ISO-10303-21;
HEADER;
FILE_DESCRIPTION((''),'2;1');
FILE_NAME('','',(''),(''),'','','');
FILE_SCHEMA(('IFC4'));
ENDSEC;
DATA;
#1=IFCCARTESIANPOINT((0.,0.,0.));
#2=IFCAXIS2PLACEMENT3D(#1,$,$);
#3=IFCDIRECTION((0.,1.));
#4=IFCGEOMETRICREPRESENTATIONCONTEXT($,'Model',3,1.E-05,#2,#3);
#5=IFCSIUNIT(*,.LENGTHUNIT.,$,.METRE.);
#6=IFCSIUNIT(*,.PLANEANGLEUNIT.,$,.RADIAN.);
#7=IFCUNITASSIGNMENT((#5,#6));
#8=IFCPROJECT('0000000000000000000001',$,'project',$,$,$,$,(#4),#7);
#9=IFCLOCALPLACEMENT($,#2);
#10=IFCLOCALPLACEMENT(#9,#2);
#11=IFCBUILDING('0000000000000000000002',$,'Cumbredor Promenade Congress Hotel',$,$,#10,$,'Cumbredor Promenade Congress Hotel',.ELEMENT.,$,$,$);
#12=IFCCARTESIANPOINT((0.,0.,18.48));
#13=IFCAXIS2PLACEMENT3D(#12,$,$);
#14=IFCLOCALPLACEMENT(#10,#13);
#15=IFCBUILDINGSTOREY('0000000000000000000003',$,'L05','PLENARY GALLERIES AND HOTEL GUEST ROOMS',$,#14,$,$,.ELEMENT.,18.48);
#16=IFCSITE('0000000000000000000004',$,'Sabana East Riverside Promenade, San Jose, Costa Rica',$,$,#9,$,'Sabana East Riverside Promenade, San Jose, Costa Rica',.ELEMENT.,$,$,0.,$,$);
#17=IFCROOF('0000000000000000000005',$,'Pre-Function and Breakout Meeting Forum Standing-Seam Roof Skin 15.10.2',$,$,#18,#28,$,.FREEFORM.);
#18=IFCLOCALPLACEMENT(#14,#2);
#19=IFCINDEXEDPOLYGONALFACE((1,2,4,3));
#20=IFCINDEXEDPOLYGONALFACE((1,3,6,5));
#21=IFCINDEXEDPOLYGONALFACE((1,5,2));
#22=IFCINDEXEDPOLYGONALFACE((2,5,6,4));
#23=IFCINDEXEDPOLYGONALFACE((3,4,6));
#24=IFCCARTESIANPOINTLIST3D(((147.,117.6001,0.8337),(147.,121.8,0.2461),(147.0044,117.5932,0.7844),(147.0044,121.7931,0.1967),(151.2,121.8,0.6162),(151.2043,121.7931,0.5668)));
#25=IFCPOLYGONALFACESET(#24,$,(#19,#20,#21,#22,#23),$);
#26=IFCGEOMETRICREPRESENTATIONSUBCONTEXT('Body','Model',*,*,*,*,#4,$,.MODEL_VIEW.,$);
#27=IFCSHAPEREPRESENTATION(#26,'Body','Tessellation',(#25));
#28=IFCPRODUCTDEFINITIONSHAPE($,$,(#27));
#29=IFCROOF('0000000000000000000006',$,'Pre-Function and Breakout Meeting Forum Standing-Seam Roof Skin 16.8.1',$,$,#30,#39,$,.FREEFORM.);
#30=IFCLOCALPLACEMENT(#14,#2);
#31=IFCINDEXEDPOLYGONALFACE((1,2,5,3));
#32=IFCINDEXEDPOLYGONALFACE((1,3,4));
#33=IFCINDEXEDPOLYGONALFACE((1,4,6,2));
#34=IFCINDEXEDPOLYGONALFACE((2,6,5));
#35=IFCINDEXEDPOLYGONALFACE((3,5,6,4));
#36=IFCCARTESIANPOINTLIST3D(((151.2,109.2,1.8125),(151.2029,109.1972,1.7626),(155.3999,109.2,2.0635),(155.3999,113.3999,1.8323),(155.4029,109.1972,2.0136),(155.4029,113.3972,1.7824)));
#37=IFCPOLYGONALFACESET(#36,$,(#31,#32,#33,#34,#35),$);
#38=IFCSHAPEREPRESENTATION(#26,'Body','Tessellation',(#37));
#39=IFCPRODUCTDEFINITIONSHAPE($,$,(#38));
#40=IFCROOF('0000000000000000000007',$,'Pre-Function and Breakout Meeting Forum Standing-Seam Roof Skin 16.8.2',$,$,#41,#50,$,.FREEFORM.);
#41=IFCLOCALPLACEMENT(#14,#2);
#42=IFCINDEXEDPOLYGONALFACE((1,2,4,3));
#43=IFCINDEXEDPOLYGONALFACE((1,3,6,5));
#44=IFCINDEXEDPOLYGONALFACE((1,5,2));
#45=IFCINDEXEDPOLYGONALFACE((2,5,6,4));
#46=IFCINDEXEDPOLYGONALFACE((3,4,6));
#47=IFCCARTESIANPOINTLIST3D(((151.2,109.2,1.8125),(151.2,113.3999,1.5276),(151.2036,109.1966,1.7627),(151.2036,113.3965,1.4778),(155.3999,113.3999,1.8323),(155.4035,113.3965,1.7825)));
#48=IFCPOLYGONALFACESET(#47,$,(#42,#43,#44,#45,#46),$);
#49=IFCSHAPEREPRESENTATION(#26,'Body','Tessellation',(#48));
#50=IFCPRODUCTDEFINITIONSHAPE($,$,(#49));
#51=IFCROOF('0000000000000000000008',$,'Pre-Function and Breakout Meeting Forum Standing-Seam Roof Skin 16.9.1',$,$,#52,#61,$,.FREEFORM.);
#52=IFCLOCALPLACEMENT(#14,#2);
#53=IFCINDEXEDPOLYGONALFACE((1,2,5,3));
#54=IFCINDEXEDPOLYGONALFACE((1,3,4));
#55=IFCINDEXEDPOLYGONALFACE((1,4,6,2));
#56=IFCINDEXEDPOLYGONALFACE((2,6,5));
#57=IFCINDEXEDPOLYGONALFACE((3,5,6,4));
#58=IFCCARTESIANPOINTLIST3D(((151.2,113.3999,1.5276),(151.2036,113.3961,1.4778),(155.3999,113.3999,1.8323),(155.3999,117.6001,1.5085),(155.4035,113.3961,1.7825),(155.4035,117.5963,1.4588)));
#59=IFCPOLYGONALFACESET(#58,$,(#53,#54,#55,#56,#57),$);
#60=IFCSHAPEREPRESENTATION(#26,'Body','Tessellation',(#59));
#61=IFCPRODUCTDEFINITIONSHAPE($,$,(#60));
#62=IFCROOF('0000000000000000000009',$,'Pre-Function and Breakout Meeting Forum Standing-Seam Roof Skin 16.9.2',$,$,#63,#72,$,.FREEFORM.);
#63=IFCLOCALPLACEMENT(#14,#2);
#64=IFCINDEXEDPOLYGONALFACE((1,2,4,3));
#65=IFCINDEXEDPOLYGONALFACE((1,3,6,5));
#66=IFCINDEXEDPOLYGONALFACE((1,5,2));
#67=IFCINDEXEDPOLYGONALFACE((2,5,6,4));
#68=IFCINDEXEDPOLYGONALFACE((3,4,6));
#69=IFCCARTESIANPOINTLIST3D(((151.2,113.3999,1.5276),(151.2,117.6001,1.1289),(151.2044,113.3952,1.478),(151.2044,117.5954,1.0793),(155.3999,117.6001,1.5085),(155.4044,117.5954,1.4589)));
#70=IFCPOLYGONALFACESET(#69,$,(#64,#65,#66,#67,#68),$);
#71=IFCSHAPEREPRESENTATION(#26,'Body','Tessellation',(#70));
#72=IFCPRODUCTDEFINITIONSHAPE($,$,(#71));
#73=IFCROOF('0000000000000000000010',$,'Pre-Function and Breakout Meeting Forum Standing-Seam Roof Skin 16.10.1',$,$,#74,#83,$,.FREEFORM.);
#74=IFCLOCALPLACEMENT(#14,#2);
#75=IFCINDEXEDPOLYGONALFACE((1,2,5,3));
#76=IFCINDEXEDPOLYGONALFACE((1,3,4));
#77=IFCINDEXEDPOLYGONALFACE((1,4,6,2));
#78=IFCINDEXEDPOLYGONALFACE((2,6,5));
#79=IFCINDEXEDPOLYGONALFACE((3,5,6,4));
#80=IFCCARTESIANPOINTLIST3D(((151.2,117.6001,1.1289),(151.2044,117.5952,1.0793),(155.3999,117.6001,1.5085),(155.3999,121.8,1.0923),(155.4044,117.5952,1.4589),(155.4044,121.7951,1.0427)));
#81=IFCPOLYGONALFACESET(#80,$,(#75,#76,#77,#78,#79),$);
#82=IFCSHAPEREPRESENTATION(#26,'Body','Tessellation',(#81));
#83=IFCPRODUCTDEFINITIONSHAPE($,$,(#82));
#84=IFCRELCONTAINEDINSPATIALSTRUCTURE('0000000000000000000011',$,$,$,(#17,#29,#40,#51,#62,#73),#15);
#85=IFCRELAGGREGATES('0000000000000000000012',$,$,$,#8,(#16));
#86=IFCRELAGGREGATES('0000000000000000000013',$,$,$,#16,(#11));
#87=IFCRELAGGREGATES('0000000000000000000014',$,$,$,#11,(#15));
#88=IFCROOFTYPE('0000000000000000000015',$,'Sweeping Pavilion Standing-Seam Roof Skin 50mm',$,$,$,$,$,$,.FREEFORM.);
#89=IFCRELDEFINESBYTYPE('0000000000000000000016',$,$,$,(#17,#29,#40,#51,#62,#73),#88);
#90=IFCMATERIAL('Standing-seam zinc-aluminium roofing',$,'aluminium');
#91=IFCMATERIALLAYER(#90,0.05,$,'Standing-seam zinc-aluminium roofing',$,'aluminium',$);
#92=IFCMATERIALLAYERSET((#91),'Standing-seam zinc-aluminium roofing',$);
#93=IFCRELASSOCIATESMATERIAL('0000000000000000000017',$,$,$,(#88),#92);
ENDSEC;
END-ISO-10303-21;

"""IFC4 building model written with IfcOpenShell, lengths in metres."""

from ifc_helpers import new_model, si_unit, direction, frame, origin, place, context, subcontext, project, spatial, polyline, outline, extrude, material, layer, layer_set, type_object, element, save


model = new_model("IFC4")

# Units and contexts
model_context = context("Model", 3, precision=1e-05, world=origin(), true_north=direction((0.0, 1.0)))
body_context = subcontext(model_context, "Body", "Model", "MODEL_VIEW")
ifc_project = project(units=[si_unit("LENGTHUNIT", "METRE"), si_unit("PLANEANGLEUNIT", "RADIAN")], contexts=[model_context])

# Site, building, storey
site_placement = place(None, origin())
site = spatial("IfcSite", under=ifc_project, at=site_placement, Name="Sabana East Riverside Promenade, San Jose, Costa Rica", LongName="Sabana East Riverside Promenade, San Jose, Costa Rica", CompositionType="ELEMENT", RefElevation=0.0)
building_placement = place(site_placement, origin())
building = spatial("IfcBuilding", under=site, at=building_placement, Name="Cumbredor Promenade Congress Hotel", LongName="Cumbredor Promenade Congress Hotel", CompositionType="ELEMENT")
storey_placement = place(building_placement, frame((0.0, 0.0, 18.48)))
storey = spatial("IfcBuildingStorey", under=building, at=storey_placement, Name="L05", Description="PLENARY GALLERIES AND HOTEL GUEST ROOMS", CompositionType="ELEMENT", Elevation=18.48)

# Roofs
ifc_material_1 = material(Name="Standing-seam zinc-aluminium roofing", Category="aluminium")
ifc_layer_1 = layer(ifc_material_1, 0.05, Name="Standing-seam zinc-aluminium roofing", Category="aluminium")
ifc_layer_set_1 = layer_set([ifc_layer_1], Name="Standing-seam zinc-aluminium roofing")
roof_type = type_object("IfcRoofType", Name="Sweeping Pavilion Standing-Seam Roof Skin 50mm", PredefinedType="FREEFORM", material=ifc_layer_set_1)
roof_1_placement = place(storey_placement, frame((147.0, 117.6001, 0.8337), z_axis=(-0.086944, 0.138043, 0.986603), x_axis=(0.706633, 0.706633, -0.036599)))
element("IfcRoof", 1, at=roof_1_placement, inside=storey, type_object=roof_type, Name="Pre-Function and Breakout Meeting Forum Standing-Seam Roof Skin 15.10.2", PredefinedType="FREEFORM", context=body_context, shape_type="SweptSolid", body=[
    extrude(outline(polyline([(0.0, 0.0), (5.9436, 0.0), (2.9893, 3.0081), (0.0, 0.0)])), origin(), (0.0, 0.0, -1.0), 0.05),
])
roof_2_placement = place(storey_placement, frame((151.2, 109.2, 1.8125), z_axis=(-0.059561, 0.054868, 0.996716), x_axis=(0.998219, 0.0, 0.059651)))
element("IfcRoof", 2, at=roof_2_placement, inside=storey, type_object=roof_type, Name="Pre-Function and Breakout Meeting Forum Standing-Seam Roof Skin 16.8.1", PredefinedType="FREEFORM", context=body_context, shape_type="SweptSolid", body=[
    extrude(outline(polyline([(0.0, 0.0), (4.2074, 0.0), (4.1937, 4.2063), (0.0, 0.0)])), origin(), (0.0, 0.0, -1.0), 0.05),
])
roof_3_placement = place(storey_placement, frame((151.2, 109.2, 1.8125), z_axis=(-0.07219, 0.067505, 0.995104), x_axis=(0.707103, 0.707103, 0.003329)))
element("IfcRoof", 3, at=roof_3_placement, inside=storey, type_object=roof_type, Name="Pre-Function and Breakout Meeting Forum Standing-Seam Roof Skin 16.8.2", PredefinedType="FREEFORM", context=body_context, shape_type="SweptSolid", body=[
    extrude(outline(polyline([(0.0, 0.0), (5.9397, 0.0), (2.9688, 2.9844), (0.0, 0.0)])), origin(), (0.0, 0.0, -1.0), 0.05),
])
roof_4_placement = place(storey_placement, frame((151.2, 113.3999, 1.5276), z_axis=(-0.072142, 0.076647, 0.994445), x_axis=(0.997379, 0.0, 0.072355)))
element("IfcRoof", 4, at=roof_4_placement, inside=storey, type_object=roof_type, Name="Pre-Function and Breakout Meeting Forum Standing-Seam Roof Skin 16.9.1", PredefinedType="FREEFORM", context=body_context, shape_type="SweptSolid", body=[
    extrude(outline(polyline([(0.0, 0.0), (4.211, 0.0), (4.1876, 4.2126), (0.0, 0.0)])), origin(), (0.0, 0.0, -1.0), 0.05),
])
roof_5_placement = place(storey_placement, frame((151.2, 113.3999, 1.5276), z_axis=(-0.089625, 0.094115, 0.991519), x_axis=(0.707083, 0.707124, -0.003206)))
element("IfcRoof", 5, at=roof_5_placement, inside=storey, type_object=roof_type, Name="Pre-Function and Breakout Meeting Forum Standing-Seam Roof Skin 16.9.2", PredefinedType="FREEFORM", context=body_context, shape_type="SweptSolid", body=[
    extrude(outline(polyline([(0.0, 0.0), (5.9398, 0.0), (2.9713, 2.9953), (0.0, 0.0)])), origin(), (0.0, 0.0, -1.0), 0.05),
])
roof_6_placement = place(storey_placement, frame((151.2, 117.6001, 1.1289), z_axis=(-0.089589, 0.098231, 0.991123), x_axis=(0.99594, 0.0, 0.090024)))
element("IfcRoof", 6, at=roof_6_placement, inside=storey, type_object=roof_type, Name="Pre-Function and Breakout Meeting Forum Standing-Seam Roof Skin 16.10.1", PredefinedType="FREEFORM", context=body_context, shape_type="SweptSolid", body=[
    extrude(outline(polyline([(0.0, 0.0), (4.2171, 0.0), (4.1796, 4.2204), (0.0, 0.0)])), origin(), (0.0, 0.0, -1.0), 0.05),
])

save(model, "model.ifc")
